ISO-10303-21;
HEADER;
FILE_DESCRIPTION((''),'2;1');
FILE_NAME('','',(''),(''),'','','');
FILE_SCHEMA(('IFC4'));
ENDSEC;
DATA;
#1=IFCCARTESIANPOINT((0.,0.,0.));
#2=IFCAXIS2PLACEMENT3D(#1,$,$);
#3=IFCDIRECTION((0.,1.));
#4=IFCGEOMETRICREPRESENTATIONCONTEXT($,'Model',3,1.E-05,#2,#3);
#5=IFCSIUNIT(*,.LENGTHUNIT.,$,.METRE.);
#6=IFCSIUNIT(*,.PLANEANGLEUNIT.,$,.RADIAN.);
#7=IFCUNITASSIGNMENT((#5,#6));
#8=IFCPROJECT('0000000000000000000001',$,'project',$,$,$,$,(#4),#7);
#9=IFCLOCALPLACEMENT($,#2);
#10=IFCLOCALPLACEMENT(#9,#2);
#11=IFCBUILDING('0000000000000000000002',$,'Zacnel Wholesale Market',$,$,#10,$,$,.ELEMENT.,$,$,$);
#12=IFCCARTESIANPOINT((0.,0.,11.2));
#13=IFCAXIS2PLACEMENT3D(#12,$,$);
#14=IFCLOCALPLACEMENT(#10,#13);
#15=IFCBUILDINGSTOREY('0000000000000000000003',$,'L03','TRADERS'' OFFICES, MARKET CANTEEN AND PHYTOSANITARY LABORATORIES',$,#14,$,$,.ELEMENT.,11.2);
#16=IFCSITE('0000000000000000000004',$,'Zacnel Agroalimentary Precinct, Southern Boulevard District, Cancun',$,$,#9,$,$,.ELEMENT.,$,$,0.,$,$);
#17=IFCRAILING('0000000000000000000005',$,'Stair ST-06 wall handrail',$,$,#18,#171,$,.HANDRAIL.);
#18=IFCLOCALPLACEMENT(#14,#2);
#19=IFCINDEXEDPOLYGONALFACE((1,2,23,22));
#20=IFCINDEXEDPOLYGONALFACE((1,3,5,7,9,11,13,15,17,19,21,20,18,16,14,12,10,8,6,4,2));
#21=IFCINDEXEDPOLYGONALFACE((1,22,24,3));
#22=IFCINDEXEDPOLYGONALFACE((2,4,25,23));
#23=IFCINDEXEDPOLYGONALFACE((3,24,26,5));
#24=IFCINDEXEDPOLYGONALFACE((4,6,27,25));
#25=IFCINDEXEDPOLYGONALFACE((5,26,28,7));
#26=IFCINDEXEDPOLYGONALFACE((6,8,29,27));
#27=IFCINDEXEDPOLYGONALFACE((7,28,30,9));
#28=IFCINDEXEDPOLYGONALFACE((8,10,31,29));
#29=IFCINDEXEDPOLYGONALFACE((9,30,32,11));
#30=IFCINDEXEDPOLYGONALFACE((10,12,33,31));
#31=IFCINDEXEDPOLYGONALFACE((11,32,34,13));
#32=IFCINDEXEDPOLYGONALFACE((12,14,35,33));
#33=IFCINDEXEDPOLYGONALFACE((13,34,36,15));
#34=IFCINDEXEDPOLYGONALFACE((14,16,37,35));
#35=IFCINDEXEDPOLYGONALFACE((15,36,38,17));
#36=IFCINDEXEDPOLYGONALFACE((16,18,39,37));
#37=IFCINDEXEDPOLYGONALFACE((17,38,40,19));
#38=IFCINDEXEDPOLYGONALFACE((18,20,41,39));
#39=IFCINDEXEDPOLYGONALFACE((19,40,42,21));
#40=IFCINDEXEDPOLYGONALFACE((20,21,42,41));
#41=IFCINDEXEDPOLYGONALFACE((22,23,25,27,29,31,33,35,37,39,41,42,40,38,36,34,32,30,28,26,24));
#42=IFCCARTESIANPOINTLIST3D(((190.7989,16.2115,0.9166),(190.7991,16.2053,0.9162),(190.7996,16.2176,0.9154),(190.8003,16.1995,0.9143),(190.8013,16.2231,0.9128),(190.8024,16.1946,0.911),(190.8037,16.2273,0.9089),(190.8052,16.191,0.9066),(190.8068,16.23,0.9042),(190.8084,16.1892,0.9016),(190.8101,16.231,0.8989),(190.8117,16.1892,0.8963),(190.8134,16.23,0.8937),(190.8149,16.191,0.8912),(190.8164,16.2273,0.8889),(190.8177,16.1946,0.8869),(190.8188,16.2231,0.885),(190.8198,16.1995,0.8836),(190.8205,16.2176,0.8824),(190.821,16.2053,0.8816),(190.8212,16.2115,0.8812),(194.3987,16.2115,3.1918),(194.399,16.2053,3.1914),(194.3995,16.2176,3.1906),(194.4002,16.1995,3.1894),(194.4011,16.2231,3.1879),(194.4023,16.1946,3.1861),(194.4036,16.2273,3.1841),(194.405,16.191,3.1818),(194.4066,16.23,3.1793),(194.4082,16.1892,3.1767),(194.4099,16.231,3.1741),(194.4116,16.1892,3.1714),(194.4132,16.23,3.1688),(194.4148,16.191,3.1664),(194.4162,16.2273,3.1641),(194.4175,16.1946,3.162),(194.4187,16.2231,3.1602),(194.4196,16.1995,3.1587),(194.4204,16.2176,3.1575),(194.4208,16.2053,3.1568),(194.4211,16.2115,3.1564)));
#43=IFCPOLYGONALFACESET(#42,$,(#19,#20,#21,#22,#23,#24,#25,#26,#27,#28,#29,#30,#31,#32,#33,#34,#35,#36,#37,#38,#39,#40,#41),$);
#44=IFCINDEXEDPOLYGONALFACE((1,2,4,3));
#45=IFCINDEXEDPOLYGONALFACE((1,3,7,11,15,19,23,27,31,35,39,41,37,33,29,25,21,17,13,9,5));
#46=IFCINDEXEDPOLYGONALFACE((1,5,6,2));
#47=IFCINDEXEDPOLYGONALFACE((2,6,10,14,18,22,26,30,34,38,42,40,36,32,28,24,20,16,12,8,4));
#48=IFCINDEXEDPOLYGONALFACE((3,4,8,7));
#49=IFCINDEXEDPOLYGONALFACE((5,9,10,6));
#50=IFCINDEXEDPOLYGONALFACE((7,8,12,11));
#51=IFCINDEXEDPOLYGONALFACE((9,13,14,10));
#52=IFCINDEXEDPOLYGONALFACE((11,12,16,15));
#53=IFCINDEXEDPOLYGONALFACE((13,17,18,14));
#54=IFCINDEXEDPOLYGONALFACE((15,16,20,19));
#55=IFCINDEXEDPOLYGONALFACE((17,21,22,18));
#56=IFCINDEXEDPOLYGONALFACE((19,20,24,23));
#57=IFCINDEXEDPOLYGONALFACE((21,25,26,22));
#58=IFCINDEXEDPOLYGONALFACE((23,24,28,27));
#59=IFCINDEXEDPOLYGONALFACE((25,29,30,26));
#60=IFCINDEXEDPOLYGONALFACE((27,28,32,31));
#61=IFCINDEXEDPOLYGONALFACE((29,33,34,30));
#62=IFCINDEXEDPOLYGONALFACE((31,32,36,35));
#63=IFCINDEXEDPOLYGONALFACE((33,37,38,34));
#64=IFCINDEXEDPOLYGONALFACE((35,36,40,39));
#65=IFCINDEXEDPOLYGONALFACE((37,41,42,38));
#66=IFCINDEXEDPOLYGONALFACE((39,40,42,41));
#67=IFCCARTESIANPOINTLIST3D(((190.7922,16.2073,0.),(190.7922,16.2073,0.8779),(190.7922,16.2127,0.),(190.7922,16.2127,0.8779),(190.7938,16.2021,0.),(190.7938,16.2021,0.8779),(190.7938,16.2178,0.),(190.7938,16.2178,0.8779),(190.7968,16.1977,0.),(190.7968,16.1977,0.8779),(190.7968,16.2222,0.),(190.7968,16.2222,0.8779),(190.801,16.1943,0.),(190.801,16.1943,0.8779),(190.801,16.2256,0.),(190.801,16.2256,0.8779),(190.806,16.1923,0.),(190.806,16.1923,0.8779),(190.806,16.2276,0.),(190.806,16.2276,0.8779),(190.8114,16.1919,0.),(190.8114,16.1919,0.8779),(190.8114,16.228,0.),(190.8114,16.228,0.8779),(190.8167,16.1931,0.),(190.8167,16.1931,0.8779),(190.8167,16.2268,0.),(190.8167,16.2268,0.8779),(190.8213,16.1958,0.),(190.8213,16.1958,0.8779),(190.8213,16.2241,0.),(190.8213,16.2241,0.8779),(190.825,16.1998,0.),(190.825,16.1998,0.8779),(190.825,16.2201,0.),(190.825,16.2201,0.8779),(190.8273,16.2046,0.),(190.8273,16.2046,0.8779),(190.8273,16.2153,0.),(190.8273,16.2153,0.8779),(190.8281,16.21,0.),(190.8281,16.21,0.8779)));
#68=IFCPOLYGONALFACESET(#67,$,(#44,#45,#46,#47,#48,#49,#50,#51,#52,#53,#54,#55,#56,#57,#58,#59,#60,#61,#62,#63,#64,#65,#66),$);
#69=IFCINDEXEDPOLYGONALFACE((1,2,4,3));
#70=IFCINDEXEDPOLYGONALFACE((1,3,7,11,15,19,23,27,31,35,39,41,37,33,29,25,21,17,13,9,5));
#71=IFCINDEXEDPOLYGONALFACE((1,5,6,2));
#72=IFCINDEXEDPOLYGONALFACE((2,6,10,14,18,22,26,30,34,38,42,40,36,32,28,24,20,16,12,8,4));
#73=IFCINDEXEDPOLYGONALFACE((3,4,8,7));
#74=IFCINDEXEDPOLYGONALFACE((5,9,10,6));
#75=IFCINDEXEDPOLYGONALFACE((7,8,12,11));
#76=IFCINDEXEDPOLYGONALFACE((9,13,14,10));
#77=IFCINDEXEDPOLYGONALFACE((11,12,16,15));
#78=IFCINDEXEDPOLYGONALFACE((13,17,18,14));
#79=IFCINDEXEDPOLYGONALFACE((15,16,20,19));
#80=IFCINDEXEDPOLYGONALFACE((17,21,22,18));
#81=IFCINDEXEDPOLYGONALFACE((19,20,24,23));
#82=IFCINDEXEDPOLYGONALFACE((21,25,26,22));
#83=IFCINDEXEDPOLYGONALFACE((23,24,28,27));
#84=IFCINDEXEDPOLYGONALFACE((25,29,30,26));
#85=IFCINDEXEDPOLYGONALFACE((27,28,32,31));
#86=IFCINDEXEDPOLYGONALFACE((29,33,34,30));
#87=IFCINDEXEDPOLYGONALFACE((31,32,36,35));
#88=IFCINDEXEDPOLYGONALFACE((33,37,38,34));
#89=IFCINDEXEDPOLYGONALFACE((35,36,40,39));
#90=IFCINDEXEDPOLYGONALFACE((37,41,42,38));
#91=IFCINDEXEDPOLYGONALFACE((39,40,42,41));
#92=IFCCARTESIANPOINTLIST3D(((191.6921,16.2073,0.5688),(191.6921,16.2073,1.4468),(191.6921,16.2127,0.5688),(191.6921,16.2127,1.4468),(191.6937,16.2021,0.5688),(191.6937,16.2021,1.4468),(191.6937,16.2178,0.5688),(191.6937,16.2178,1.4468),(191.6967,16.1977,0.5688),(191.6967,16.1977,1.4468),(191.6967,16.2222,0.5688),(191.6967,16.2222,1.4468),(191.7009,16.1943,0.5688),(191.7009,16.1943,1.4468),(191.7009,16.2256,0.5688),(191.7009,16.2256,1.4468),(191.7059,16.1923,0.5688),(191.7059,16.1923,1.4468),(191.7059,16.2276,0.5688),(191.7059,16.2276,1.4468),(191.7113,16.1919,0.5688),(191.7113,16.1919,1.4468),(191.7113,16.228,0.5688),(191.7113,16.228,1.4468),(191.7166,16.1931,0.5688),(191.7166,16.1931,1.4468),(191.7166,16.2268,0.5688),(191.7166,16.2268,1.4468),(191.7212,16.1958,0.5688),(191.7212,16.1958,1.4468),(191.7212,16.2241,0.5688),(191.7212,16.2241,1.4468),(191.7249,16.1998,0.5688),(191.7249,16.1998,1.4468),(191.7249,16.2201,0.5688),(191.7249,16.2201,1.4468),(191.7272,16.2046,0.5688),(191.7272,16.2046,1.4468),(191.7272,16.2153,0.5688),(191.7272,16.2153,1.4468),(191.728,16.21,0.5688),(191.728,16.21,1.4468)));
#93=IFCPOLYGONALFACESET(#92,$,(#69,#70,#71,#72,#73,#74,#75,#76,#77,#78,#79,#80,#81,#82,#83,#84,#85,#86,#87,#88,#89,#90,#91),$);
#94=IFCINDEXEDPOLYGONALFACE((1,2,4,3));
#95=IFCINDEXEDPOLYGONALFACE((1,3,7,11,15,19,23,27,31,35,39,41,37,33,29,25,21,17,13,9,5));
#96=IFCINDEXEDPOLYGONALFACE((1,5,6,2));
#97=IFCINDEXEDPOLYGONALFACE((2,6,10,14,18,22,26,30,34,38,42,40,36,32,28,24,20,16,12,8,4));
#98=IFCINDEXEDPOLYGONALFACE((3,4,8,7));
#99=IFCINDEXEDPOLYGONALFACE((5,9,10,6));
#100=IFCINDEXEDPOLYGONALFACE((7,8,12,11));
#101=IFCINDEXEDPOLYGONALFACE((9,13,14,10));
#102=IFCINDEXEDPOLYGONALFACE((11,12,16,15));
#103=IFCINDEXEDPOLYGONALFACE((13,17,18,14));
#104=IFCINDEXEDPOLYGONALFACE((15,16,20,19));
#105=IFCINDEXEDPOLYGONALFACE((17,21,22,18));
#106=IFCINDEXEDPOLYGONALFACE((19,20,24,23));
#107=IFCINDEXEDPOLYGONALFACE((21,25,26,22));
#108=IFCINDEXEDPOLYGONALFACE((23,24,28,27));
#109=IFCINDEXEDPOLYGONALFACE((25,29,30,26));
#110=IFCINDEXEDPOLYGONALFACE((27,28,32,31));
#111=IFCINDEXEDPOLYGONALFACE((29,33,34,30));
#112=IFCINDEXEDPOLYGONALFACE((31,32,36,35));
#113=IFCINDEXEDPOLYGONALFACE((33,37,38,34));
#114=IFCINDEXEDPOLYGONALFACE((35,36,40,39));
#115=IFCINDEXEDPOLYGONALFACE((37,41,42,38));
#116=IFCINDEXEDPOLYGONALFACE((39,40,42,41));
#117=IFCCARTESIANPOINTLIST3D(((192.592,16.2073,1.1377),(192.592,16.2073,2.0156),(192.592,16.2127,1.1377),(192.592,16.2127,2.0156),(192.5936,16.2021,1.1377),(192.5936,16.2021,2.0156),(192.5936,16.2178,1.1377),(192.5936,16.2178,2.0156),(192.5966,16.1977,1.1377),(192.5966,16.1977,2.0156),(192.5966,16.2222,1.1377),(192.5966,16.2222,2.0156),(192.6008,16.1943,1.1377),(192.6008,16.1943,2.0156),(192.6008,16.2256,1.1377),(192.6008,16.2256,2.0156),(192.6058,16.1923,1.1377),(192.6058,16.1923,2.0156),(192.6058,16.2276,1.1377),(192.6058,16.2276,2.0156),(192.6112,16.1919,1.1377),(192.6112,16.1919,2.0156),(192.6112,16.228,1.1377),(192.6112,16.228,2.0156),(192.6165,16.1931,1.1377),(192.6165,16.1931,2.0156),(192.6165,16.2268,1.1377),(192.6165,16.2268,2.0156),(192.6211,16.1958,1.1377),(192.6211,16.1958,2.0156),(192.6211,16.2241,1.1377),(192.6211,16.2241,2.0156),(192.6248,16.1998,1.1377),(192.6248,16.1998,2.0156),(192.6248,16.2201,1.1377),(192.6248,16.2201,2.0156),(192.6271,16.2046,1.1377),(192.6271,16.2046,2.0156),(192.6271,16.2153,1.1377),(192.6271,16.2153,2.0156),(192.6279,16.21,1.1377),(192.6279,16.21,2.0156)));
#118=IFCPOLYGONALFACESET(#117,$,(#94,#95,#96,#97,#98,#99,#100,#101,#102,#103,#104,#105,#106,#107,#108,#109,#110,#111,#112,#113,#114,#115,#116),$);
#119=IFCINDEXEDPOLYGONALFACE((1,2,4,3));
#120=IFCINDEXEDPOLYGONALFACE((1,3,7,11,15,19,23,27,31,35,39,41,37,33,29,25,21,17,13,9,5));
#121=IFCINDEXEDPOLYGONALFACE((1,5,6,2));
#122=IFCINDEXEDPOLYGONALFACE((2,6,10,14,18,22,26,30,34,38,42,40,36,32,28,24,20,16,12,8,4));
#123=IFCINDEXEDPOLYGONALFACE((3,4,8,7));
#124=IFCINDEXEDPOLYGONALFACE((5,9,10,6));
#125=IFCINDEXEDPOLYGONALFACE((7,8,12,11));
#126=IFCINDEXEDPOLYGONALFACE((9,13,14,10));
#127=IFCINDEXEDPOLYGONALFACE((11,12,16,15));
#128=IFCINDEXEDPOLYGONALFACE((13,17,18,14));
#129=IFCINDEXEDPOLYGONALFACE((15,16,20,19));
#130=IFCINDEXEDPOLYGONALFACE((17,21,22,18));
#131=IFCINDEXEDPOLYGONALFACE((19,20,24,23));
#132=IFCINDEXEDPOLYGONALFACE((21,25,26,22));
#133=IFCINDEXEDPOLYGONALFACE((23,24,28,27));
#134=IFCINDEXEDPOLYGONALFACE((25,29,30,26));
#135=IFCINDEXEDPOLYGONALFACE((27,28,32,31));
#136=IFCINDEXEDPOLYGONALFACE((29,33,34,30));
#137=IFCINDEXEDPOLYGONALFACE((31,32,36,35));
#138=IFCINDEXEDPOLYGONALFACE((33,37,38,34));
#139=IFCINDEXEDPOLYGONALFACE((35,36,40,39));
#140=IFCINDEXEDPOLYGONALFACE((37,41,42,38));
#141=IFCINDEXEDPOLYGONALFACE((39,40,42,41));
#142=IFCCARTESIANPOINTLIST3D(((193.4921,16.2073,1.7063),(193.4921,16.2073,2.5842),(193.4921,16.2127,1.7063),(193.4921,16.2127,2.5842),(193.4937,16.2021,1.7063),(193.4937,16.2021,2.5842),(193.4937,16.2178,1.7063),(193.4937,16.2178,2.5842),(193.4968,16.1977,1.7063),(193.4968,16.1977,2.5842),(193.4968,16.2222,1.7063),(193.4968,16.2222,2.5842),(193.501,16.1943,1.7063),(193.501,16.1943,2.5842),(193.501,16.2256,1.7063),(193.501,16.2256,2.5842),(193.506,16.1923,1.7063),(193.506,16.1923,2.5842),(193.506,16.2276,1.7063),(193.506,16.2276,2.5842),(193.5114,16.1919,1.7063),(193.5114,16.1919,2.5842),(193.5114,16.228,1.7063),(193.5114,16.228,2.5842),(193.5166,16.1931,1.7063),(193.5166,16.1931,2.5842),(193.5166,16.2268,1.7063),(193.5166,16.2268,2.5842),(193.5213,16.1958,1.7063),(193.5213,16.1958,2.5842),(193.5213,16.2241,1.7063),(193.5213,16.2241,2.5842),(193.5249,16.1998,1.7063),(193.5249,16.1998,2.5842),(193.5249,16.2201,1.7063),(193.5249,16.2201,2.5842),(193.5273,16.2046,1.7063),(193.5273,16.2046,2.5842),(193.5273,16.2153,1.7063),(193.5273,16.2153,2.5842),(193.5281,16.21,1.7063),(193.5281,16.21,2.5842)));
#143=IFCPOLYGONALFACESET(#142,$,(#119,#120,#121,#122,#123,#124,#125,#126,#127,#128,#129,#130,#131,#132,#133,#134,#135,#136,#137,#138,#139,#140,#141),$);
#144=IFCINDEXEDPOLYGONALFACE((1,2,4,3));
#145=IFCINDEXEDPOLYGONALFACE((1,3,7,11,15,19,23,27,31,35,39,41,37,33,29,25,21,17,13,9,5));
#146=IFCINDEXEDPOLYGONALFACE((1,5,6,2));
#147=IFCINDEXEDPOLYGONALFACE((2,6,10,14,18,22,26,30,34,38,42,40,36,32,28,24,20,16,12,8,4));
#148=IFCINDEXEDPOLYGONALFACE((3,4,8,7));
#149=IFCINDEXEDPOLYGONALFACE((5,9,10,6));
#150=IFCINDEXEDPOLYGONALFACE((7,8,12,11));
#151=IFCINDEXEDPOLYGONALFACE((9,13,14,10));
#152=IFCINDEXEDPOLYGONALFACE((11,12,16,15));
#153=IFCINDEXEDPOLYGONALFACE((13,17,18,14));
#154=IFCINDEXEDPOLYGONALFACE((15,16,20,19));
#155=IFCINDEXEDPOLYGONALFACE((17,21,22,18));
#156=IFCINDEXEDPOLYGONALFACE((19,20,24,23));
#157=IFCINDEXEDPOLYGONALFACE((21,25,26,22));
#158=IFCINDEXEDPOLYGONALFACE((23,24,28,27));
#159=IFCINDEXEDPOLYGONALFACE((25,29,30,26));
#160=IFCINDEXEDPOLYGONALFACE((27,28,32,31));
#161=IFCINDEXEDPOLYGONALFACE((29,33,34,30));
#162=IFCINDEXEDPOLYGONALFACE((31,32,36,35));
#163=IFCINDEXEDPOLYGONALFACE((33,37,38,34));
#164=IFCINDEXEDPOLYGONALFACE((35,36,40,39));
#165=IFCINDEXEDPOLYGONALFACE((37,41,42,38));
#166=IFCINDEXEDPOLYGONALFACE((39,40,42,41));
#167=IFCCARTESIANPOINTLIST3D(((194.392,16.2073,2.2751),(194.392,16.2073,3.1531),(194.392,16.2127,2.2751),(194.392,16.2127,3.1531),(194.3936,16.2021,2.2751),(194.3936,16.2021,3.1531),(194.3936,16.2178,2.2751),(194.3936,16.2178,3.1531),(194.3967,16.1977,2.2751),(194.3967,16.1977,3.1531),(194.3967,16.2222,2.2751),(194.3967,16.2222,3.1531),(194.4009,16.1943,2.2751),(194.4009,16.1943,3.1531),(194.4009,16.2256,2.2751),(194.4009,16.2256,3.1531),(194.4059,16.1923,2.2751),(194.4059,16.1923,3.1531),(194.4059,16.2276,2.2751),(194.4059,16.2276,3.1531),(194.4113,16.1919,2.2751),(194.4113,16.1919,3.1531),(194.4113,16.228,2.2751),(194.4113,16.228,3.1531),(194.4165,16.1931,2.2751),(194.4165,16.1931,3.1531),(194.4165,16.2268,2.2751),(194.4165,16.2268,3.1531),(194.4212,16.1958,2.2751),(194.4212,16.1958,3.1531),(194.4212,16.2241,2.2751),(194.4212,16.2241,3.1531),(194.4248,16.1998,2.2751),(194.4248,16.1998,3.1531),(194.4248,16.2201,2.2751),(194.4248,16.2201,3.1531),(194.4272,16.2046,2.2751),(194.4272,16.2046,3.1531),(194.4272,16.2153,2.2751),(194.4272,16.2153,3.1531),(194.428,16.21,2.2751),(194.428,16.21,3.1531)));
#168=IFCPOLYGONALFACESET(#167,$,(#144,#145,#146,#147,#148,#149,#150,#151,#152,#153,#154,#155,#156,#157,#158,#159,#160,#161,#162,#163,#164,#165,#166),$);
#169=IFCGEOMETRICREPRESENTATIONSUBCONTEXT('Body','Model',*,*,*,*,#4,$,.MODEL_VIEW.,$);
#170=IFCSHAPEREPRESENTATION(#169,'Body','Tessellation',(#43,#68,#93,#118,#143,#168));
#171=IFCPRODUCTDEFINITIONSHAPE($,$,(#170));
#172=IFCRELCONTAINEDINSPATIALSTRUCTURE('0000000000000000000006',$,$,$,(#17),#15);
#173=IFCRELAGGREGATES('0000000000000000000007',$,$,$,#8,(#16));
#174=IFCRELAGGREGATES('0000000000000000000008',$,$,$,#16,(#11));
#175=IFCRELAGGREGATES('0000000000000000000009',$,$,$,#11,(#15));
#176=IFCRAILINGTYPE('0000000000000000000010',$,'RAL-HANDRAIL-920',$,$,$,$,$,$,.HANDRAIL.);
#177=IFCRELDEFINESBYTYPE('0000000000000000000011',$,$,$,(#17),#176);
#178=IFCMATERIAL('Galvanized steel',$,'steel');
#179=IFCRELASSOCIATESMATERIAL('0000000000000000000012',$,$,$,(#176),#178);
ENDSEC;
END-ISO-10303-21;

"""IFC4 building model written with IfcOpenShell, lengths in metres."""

from ifc_helpers import new_model, si_unit, direction, frame, origin, origin_2d, place, context, subcontext, project, spatial, circle, extrude, material, type_object, element, save


model = new_model("IFC4")

# Units and contexts
model_context = context("Model", 3, precision=1e-05, world=origin(), true_north=direction((0.0, 1.0)))
body_context = subcontext(model_context, "Body", "Model", "MODEL_VIEW")
ifc_project = project(units=[si_unit("LENGTHUNIT", "METRE"), si_unit("PLANEANGLEUNIT", "RADIAN")], contexts=[model_context])

# Site, building, storey
site_placement = place(None, origin())
site = spatial("IfcSite", under=ifc_project, at=site_placement, Name="Zacnel Agroalimentary Precinct, Southern Boulevard District, Cancun", CompositionType="ELEMENT", RefElevation=0.0)
building_placement = place(site_placement, origin())
building = spatial("IfcBuilding", under=site, at=building_placement, Name="Zacnel Wholesale Market", CompositionType="ELEMENT")
storey_placement = place(building_placement, frame((0.0, 0.0, 11.2)))
storey = spatial("IfcBuildingStorey", under=building, at=storey_placement, Name="L03", Description="TRADERS' OFFICES, MARKET CANTEEN AND PHYTOSANITARY LABORATORIES", CompositionType="ELEMENT", Elevation=11.2)

# Railing
ifc_material_1 = material(Name="Galvanized steel", Category="steel")
railing_type_1 = type_object("IfcRailingType", Name="RAL-HANDRAIL-920", PredefinedType="HANDRAIL", material=ifc_material_1)
railing_1_placement = place(storey_placement, frame((190.8101, 16.21, 0.0)))
element("IfcRailing", 1, at=railing_1_placement, inside=storey, type_object=railing_type_1, Name="Stair ST-06 wall handrail", PredefinedType="HANDRAIL", context=body_context, shape_type="SweptSolid", body=[
    extrude(circle(Radius=0.021, at=origin_2d()), frame((0.0, 0.0, 0.8989), z_axis=(0.845324, 0.0, 0.534254), x_axis=(0.0, 1.0, 0.0)), (0.0, 0.0, 1.0), 4.2585),
    extrude(circle(Radius=0.0181, at=origin_2d()), origin(), (0.0, 0.0, 1.0), 0.8779),
    extrude(circle(Radius=0.0181, at=origin_2d()), frame((0.8999, 0.0, 0.5688)), (0.0, 0.0, 1.0), 0.8779),
    extrude(circle(Radius=0.0181, at=origin_2d()), frame((1.7998, 0.0, 1.1377)), (0.0, 0.0, 1.0), 0.8779),
    extrude(circle(Radius=0.0181, at=origin_2d()), frame((2.7, 0.0, 1.7063)), (0.0, 0.0, 1.0), 0.8779),
    extrude(circle(Radius=0.0181, at=origin_2d()), frame((3.5999, 0.0, 2.2751)), (0.0, 0.0, 1.0), 0.8779),
])

save(model, "model.ifc")
